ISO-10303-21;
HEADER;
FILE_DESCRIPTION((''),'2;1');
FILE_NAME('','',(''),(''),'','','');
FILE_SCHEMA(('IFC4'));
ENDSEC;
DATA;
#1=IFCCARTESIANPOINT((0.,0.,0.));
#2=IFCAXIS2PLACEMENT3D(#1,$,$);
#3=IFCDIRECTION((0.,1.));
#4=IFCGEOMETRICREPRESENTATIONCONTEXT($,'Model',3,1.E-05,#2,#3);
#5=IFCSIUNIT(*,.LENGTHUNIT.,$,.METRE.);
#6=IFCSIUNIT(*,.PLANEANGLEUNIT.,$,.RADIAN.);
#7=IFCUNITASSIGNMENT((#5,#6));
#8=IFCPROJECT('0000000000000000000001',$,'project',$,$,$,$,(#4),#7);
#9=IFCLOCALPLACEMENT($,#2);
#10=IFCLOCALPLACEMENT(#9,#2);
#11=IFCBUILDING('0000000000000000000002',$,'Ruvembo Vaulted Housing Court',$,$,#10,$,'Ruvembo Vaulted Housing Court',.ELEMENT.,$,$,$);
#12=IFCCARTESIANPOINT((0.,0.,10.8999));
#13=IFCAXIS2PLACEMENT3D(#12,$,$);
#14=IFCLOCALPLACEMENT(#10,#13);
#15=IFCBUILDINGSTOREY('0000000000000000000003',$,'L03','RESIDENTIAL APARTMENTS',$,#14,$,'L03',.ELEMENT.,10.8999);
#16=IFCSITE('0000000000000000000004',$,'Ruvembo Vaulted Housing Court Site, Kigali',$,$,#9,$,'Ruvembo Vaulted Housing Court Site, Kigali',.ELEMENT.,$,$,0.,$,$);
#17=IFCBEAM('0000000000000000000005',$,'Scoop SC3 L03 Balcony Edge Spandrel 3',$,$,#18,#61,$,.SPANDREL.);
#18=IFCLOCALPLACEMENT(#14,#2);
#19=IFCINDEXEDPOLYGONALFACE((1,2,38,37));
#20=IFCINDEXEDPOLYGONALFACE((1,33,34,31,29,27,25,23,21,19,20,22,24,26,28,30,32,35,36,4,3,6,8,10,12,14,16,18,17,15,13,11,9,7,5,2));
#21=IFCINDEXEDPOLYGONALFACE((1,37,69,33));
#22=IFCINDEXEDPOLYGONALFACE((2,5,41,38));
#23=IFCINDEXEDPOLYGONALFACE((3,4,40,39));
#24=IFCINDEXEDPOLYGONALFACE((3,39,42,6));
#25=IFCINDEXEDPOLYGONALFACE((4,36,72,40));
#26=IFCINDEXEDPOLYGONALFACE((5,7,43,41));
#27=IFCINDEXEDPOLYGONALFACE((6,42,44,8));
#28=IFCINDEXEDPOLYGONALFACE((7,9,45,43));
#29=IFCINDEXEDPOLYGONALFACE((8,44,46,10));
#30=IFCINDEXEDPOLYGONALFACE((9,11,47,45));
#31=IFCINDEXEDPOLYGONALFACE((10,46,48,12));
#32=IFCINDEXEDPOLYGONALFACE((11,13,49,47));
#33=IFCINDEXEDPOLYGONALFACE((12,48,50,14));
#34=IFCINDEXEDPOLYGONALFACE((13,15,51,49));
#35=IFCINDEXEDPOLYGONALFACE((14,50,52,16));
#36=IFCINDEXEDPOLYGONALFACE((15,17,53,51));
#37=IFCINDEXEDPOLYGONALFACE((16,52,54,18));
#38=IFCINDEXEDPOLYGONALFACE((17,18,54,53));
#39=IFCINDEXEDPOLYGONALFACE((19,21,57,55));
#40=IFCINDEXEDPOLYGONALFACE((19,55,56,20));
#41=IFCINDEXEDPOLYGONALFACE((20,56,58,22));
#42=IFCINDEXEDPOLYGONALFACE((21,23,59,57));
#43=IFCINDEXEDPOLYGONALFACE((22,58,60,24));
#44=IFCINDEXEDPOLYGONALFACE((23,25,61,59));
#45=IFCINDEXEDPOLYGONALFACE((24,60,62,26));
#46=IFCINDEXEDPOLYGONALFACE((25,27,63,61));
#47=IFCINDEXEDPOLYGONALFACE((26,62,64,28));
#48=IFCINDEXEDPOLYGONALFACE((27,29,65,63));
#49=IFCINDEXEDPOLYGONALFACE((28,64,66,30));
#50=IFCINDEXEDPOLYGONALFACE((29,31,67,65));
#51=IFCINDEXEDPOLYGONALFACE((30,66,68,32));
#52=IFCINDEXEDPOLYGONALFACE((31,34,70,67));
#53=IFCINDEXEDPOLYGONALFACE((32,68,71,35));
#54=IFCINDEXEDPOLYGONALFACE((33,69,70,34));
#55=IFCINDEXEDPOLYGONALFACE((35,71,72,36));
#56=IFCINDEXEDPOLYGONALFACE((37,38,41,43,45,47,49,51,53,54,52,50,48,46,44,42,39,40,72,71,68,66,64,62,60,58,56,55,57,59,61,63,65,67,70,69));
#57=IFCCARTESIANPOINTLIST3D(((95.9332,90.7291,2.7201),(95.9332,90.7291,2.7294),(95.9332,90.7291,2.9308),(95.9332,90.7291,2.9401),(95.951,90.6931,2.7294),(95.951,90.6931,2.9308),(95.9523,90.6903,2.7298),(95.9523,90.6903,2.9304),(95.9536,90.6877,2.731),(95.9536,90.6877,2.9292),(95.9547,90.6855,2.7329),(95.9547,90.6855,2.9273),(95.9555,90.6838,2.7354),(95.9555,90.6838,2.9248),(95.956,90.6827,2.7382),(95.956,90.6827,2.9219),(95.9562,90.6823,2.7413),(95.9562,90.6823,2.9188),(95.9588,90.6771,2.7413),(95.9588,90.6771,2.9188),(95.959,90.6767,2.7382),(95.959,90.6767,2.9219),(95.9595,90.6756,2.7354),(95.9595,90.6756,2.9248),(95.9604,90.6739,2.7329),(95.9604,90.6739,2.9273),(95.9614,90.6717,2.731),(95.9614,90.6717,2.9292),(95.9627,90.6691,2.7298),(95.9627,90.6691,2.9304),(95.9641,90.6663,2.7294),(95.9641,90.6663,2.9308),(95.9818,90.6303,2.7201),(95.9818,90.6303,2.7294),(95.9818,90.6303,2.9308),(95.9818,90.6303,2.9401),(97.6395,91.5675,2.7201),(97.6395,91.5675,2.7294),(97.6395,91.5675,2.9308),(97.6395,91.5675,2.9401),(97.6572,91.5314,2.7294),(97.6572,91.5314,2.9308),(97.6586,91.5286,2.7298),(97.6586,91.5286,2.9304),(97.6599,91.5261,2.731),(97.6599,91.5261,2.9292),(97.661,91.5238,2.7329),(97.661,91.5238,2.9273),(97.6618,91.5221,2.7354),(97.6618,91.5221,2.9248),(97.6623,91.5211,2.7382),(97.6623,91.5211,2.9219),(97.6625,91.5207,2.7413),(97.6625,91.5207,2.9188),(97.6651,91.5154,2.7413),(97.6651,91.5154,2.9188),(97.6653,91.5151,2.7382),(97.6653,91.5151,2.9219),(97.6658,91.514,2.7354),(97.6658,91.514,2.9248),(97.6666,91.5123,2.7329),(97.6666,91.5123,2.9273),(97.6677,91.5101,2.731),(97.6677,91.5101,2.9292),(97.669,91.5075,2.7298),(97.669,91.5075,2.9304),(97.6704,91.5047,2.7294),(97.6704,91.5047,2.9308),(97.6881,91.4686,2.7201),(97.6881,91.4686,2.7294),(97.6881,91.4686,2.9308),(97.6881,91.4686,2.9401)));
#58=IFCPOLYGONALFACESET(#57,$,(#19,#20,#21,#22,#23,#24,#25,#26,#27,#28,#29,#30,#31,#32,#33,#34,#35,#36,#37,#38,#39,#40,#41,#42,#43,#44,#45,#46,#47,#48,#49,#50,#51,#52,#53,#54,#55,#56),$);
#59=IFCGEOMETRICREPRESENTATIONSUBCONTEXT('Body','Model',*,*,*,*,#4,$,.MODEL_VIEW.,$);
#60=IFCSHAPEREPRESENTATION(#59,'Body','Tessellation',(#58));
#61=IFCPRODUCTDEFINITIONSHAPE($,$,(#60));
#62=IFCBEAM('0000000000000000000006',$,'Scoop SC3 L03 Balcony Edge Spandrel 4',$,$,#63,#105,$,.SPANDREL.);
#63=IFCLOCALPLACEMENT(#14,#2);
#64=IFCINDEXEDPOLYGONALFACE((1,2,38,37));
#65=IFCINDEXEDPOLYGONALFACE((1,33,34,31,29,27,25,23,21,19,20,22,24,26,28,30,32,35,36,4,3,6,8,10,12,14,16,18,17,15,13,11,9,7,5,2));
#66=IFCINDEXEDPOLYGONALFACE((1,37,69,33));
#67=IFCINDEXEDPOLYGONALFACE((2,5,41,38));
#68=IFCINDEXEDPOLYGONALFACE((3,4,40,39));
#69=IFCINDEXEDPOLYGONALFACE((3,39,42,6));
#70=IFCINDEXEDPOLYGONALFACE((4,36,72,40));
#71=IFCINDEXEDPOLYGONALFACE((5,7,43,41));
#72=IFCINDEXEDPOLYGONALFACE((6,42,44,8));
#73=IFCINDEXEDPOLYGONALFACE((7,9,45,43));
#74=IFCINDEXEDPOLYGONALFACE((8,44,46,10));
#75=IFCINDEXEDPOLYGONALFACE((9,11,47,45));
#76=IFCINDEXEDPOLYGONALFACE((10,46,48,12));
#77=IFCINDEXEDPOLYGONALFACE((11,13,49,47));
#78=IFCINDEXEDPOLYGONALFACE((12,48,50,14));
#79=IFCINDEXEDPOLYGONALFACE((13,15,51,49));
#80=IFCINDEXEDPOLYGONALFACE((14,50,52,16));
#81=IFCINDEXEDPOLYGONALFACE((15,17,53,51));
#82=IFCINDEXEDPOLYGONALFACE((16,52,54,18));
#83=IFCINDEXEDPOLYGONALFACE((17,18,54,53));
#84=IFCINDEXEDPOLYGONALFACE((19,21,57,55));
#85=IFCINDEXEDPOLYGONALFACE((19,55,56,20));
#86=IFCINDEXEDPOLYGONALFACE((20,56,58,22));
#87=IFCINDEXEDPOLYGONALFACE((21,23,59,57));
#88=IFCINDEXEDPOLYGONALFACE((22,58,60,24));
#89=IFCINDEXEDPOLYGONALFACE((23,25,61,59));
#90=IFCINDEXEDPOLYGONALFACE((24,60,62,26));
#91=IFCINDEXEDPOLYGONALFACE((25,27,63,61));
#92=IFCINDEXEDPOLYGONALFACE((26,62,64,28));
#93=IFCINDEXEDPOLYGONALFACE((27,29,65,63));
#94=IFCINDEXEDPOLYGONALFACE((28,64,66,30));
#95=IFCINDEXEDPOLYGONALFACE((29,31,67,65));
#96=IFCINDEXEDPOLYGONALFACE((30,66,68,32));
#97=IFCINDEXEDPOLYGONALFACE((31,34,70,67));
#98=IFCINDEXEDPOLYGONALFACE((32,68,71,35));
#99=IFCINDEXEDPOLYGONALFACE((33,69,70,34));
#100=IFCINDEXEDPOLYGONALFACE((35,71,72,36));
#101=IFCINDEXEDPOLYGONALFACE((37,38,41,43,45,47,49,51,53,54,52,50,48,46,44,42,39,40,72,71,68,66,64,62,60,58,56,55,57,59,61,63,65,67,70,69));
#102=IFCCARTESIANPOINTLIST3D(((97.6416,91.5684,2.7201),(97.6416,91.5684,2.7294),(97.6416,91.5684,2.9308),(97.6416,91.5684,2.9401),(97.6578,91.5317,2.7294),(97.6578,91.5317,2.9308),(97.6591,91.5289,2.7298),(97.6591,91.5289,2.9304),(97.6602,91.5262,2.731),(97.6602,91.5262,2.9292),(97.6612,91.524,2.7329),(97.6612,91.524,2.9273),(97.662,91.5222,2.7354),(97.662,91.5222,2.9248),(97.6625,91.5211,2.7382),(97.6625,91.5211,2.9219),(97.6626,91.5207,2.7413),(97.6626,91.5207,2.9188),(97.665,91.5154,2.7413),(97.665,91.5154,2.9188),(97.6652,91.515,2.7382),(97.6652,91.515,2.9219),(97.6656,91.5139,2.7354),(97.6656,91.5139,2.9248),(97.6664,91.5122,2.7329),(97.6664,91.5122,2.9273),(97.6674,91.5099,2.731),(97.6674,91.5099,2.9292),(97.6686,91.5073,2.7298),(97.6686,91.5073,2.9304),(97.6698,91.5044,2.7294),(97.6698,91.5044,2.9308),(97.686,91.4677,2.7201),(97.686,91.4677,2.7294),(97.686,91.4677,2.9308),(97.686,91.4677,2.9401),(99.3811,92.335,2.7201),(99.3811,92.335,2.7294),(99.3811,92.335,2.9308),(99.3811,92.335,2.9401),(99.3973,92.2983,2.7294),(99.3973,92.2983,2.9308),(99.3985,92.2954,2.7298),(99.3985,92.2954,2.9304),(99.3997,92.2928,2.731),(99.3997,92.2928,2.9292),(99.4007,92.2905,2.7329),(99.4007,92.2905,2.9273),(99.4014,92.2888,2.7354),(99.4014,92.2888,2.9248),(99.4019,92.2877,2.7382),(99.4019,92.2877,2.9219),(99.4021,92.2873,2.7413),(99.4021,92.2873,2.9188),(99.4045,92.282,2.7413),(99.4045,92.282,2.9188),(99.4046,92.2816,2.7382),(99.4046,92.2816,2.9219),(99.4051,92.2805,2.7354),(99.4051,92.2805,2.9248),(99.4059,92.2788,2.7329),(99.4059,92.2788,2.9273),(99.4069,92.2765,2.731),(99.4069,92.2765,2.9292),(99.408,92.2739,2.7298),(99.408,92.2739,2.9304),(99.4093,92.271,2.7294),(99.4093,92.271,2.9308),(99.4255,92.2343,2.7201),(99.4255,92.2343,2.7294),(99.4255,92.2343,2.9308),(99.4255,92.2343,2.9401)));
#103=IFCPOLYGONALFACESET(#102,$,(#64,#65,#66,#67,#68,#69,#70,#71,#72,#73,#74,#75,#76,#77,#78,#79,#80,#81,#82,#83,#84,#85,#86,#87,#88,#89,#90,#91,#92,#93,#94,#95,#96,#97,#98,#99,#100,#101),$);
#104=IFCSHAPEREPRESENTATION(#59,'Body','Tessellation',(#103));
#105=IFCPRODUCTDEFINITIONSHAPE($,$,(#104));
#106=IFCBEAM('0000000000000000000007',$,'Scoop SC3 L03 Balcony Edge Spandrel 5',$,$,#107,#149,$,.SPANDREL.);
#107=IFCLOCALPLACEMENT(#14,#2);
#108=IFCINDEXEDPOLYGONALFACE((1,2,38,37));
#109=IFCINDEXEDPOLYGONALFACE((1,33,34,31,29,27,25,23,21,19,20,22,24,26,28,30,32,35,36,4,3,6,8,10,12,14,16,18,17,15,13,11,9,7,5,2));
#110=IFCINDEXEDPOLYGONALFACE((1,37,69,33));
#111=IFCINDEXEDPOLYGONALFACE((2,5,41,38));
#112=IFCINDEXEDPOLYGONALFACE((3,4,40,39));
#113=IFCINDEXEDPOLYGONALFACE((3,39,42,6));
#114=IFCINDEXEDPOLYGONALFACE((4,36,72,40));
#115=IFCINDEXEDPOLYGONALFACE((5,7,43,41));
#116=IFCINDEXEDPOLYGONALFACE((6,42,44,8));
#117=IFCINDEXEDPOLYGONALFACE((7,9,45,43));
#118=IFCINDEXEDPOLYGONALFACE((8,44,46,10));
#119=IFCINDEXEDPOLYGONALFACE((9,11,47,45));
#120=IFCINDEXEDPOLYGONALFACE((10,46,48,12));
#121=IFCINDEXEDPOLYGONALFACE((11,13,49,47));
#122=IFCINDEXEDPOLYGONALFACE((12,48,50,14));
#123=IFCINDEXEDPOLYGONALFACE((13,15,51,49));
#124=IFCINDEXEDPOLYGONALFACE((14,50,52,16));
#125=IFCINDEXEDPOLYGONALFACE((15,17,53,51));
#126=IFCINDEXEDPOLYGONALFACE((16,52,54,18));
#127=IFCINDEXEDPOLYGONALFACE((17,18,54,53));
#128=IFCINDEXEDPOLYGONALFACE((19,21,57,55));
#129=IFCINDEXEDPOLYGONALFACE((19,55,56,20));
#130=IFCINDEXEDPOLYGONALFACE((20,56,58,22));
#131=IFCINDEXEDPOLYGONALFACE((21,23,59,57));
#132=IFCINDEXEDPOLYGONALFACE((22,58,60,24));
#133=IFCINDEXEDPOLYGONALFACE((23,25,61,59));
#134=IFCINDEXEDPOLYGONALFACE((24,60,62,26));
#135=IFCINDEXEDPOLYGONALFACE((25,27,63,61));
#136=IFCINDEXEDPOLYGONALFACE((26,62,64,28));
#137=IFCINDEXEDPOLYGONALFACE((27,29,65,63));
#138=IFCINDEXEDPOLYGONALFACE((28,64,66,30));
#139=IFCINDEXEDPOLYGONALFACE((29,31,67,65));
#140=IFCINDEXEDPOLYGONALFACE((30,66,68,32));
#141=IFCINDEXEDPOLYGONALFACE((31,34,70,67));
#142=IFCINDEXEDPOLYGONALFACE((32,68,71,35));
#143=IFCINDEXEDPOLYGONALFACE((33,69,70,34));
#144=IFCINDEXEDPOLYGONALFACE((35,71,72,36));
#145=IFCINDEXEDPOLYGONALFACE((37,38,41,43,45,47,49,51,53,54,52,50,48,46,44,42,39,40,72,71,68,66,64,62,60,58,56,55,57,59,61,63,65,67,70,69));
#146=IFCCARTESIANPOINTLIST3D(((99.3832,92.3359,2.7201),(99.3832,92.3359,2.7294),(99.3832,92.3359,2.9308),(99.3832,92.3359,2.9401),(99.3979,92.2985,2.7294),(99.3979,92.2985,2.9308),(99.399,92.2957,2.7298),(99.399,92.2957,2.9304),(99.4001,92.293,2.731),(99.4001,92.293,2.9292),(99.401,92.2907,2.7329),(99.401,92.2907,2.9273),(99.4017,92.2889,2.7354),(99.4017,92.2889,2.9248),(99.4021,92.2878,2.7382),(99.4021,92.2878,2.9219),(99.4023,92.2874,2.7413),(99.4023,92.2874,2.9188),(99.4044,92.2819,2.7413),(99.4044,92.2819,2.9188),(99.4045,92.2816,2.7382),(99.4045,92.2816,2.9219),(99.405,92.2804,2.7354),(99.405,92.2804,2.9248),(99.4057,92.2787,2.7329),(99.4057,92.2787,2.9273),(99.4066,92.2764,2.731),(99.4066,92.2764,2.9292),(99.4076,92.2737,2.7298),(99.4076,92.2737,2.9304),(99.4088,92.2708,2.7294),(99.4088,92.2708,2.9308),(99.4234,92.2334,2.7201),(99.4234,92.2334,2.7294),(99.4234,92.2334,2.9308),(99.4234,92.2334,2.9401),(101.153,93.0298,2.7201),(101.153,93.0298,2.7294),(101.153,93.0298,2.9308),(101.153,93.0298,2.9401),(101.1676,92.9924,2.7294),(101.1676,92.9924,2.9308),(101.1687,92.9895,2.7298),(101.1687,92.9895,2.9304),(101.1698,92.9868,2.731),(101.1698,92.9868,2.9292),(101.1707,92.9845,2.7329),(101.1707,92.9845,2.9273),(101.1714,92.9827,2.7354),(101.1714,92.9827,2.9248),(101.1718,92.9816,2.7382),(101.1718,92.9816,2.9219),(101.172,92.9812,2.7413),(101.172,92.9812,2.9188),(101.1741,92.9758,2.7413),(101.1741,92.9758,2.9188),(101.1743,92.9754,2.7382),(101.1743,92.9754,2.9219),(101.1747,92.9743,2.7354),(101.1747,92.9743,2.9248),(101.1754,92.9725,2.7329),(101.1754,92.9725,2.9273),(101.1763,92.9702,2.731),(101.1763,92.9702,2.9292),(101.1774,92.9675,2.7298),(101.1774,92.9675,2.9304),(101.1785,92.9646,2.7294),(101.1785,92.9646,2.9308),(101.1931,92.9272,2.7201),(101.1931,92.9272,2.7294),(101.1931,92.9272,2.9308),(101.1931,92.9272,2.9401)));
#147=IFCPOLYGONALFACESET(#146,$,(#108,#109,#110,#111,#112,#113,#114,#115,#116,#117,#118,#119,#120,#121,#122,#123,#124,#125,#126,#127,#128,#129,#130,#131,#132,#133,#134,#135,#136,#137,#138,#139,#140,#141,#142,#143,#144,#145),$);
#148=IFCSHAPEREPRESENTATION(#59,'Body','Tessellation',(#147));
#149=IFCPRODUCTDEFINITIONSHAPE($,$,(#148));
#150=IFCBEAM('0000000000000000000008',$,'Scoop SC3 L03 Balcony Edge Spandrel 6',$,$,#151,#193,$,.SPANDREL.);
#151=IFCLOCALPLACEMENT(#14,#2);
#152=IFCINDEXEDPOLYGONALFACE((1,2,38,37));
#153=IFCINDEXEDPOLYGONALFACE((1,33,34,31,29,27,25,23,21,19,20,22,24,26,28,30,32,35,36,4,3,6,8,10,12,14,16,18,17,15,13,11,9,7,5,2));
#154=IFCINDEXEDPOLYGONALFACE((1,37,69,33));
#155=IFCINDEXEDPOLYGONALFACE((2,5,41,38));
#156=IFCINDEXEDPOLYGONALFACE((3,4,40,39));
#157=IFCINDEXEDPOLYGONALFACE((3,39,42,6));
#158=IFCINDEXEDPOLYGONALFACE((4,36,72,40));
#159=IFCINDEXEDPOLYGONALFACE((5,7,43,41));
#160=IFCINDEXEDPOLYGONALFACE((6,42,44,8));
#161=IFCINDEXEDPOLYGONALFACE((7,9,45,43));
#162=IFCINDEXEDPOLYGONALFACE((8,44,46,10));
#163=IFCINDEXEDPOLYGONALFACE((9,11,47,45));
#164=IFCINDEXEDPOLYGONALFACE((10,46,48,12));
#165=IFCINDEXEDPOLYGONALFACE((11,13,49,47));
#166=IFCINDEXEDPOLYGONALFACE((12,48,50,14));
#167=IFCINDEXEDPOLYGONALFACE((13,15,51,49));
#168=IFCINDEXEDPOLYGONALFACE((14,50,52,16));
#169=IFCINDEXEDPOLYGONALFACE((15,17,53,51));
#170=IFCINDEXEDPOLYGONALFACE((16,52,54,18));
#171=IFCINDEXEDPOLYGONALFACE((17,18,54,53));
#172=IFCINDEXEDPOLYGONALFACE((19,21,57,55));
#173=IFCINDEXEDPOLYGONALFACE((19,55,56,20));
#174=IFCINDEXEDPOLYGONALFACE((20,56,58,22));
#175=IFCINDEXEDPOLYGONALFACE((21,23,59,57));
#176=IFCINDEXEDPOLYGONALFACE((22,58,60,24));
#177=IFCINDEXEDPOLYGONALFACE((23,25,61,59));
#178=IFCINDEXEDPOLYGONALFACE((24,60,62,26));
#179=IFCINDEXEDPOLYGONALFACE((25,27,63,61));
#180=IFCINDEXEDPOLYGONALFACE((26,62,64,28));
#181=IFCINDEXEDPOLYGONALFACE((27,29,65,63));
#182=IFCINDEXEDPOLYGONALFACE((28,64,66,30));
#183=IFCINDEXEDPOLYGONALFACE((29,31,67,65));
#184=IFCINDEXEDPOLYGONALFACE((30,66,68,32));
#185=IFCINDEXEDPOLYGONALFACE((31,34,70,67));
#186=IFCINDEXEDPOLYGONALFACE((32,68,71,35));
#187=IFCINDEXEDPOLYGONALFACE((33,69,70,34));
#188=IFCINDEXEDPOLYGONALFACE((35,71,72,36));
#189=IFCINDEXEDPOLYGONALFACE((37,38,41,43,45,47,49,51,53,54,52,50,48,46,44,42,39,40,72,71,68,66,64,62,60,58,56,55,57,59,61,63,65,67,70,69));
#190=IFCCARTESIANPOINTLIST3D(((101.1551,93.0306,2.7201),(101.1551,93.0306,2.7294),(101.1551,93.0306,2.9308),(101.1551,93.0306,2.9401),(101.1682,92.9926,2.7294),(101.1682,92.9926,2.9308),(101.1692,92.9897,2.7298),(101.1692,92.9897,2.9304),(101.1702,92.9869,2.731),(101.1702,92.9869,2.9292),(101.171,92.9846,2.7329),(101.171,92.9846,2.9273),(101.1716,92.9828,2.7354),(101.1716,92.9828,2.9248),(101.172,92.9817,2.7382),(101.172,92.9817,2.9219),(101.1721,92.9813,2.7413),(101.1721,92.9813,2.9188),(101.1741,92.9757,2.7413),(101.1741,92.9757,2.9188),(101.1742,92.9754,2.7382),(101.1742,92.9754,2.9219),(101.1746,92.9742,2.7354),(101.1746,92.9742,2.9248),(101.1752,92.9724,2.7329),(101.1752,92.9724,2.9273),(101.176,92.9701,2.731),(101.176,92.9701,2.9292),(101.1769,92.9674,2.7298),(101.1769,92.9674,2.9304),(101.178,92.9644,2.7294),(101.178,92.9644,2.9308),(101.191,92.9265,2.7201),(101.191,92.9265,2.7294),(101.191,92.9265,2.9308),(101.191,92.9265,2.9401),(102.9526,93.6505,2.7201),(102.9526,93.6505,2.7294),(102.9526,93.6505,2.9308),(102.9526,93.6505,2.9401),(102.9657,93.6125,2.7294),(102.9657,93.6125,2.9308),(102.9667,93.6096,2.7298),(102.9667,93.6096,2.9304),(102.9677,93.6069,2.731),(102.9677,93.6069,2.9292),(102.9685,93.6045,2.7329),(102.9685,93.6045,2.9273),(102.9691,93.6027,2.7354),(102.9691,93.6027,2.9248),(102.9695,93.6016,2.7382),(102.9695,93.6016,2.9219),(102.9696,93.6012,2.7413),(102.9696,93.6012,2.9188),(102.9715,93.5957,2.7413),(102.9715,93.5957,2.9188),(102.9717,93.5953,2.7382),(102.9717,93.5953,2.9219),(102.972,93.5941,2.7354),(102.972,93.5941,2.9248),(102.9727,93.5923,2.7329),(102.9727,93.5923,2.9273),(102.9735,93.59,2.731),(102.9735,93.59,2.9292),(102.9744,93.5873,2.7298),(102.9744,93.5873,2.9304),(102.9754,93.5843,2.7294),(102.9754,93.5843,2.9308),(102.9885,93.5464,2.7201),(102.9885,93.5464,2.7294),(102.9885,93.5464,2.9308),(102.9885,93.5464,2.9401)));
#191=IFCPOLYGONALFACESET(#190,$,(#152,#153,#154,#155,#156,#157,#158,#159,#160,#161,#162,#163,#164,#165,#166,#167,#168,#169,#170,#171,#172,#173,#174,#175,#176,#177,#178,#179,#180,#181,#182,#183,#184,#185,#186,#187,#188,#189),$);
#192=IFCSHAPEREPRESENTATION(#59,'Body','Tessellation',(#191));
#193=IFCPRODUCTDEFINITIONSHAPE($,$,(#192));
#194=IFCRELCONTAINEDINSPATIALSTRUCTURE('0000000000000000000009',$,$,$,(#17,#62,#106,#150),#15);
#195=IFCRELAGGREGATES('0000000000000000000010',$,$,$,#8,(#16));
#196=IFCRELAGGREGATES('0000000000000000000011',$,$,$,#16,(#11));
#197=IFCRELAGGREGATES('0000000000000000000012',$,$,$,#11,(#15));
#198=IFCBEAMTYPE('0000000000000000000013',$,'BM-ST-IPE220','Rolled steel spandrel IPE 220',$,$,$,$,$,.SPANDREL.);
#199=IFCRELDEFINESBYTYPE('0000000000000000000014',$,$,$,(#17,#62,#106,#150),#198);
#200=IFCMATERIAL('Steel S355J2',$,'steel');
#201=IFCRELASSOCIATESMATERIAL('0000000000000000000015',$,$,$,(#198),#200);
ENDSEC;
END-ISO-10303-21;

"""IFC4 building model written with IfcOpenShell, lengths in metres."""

from ifc_helpers import new_model, si_unit, direction, frame, origin, origin_2d, place, context, subcontext, project, spatial, i_section, extrude, material, material_profile, profile_set, type_object, element, save


model = new_model("IFC4")

# Units and contexts
model_context = context("Model", 3, precision=1e-05, world=origin(), true_north=direction((0.0, 1.0)))
body_context = subcontext(model_context, "Body", "Model", "MODEL_VIEW")
ifc_project = project(units=[si_unit("LENGTHUNIT", "METRE"), si_unit("PLANEANGLEUNIT", "RADIAN")], contexts=[model_context])

# Site, building, storey
site_placement = place(None, origin())
site = spatial("IfcSite", under=ifc_project, at=site_placement, Name="Ruvembo Vaulted Housing Court Site, Kigali", LongName="Ruvembo Vaulted Housing Court Site, Kigali", CompositionType="ELEMENT", RefElevation=0.0)
building_placement = place(site_placement, origin())
building = spatial("IfcBuilding", under=site, at=building_placement, Name="Ruvembo Vaulted Housing Court", LongName="Ruvembo Vaulted Housing Court", CompositionType="ELEMENT")
storey_placement = place(building_placement, frame((0.0, 0.0, 10.8999)))
storey = spatial("IfcBuildingStorey", under=building, at=storey_placement, Name="L03", Description="RESIDENTIAL APARTMENTS", LongName="L03", CompositionType="ELEMENT", Elevation=10.8999)

# Beams
ifc_material_1 = material(Name="Steel S355J2", Category="steel")
ifc_material_profile_1 = material_profile(ifc_material_1, i_section(OverallWidth=0.1101, OverallDepth=0.22, WebThickness=0.0059, FlangeThickness=0.0093, FilletRadius=0.012, at=origin_2d()), Name="IPE 220")
ifc_profile_set_1 = profile_set([ifc_material_profile_1], Name="Steel S355J2")
beam_type = type_object("IfcBeamType", Name="BM-ST-IPE220", Description="Rolled steel spandrel IPE 220", PredefinedType="SPANDREL", material=ifc_profile_set_1)
beam_1_placement = place(storey_placement, frame((95.9575, 90.6797, 2.8301), z_axis=(0.897513, 0.440987, 0.0), x_axis=(-0.440987, 0.897513, 0.0)))
element("IfcBeam", 1, at=beam_1_placement, inside=storey, type_object=beam_type, Name="Scoop SC3 L03 Balcony Edge Spandrel 3", PredefinedType="SPANDREL", context=body_context, shape_type="SweptSolid", body=[
    extrude(i_section(OverallWidth=0.1101, OverallDepth=0.22, WebThickness=0.0059, FlangeThickness=0.0093, FilletRadius=0.012, at=origin_2d()), origin(), (0.0, 0.0, 1.0), 1.9011),
])
for number, where, z_axis, x_axis, name in (
    (2, (97.6638, 91.5181, 2.8301), (0.915078, 0.403277, 0.0), (-0.403277, 0.915078, 0.0), "Scoop SC3 L03 Balcony Edge Spandrel 4"),
    (3, (99.4033, 92.2847, 2.8301), (0.931006, 0.365005, 0.0), (-0.365005, 0.931006, 0.0), "Scoop SC3 L03 Balcony Edge Spandrel 5"),
):
    element("IfcBeam", number, at=place(storey_placement, frame(where, z_axis=z_axis, x_axis=x_axis)), inside=storey, type_object=beam_type, Name=name, PredefinedType="SPANDREL", context=body_context, shape_type="SweptSolid", body=[
        extrude(i_section(OverallWidth=0.1101, OverallDepth=0.22, WebThickness=0.0059, FlangeThickness=0.0093, FilletRadius=0.012, at=origin_2d()), origin(), (0.0, 0.0, 1.0), 1.9009),
    ])
beam_2_placement = place(storey_placement, frame((101.1731, 92.9785, 2.8301), z_axis=(0.945358, 0.326034, 0.0), x_axis=(-0.326034, 0.945358, 0.0)))
element("IfcBeam", 4, at=beam_2_placement, inside=storey, type_object=beam_type, Name="Scoop SC3 L03 Balcony Edge Spandrel 6", PredefinedType="SPANDREL", context=body_context, shape_type="SweptSolid", body=[
    extrude(i_section(OverallWidth=0.1101, OverallDepth=0.22, WebThickness=0.0059, FlangeThickness=0.0093, FilletRadius=0.012, at=origin_2d()), origin(), (0.0, 0.0, 1.0), 1.9014),
])

save(model, "model.ifc")
